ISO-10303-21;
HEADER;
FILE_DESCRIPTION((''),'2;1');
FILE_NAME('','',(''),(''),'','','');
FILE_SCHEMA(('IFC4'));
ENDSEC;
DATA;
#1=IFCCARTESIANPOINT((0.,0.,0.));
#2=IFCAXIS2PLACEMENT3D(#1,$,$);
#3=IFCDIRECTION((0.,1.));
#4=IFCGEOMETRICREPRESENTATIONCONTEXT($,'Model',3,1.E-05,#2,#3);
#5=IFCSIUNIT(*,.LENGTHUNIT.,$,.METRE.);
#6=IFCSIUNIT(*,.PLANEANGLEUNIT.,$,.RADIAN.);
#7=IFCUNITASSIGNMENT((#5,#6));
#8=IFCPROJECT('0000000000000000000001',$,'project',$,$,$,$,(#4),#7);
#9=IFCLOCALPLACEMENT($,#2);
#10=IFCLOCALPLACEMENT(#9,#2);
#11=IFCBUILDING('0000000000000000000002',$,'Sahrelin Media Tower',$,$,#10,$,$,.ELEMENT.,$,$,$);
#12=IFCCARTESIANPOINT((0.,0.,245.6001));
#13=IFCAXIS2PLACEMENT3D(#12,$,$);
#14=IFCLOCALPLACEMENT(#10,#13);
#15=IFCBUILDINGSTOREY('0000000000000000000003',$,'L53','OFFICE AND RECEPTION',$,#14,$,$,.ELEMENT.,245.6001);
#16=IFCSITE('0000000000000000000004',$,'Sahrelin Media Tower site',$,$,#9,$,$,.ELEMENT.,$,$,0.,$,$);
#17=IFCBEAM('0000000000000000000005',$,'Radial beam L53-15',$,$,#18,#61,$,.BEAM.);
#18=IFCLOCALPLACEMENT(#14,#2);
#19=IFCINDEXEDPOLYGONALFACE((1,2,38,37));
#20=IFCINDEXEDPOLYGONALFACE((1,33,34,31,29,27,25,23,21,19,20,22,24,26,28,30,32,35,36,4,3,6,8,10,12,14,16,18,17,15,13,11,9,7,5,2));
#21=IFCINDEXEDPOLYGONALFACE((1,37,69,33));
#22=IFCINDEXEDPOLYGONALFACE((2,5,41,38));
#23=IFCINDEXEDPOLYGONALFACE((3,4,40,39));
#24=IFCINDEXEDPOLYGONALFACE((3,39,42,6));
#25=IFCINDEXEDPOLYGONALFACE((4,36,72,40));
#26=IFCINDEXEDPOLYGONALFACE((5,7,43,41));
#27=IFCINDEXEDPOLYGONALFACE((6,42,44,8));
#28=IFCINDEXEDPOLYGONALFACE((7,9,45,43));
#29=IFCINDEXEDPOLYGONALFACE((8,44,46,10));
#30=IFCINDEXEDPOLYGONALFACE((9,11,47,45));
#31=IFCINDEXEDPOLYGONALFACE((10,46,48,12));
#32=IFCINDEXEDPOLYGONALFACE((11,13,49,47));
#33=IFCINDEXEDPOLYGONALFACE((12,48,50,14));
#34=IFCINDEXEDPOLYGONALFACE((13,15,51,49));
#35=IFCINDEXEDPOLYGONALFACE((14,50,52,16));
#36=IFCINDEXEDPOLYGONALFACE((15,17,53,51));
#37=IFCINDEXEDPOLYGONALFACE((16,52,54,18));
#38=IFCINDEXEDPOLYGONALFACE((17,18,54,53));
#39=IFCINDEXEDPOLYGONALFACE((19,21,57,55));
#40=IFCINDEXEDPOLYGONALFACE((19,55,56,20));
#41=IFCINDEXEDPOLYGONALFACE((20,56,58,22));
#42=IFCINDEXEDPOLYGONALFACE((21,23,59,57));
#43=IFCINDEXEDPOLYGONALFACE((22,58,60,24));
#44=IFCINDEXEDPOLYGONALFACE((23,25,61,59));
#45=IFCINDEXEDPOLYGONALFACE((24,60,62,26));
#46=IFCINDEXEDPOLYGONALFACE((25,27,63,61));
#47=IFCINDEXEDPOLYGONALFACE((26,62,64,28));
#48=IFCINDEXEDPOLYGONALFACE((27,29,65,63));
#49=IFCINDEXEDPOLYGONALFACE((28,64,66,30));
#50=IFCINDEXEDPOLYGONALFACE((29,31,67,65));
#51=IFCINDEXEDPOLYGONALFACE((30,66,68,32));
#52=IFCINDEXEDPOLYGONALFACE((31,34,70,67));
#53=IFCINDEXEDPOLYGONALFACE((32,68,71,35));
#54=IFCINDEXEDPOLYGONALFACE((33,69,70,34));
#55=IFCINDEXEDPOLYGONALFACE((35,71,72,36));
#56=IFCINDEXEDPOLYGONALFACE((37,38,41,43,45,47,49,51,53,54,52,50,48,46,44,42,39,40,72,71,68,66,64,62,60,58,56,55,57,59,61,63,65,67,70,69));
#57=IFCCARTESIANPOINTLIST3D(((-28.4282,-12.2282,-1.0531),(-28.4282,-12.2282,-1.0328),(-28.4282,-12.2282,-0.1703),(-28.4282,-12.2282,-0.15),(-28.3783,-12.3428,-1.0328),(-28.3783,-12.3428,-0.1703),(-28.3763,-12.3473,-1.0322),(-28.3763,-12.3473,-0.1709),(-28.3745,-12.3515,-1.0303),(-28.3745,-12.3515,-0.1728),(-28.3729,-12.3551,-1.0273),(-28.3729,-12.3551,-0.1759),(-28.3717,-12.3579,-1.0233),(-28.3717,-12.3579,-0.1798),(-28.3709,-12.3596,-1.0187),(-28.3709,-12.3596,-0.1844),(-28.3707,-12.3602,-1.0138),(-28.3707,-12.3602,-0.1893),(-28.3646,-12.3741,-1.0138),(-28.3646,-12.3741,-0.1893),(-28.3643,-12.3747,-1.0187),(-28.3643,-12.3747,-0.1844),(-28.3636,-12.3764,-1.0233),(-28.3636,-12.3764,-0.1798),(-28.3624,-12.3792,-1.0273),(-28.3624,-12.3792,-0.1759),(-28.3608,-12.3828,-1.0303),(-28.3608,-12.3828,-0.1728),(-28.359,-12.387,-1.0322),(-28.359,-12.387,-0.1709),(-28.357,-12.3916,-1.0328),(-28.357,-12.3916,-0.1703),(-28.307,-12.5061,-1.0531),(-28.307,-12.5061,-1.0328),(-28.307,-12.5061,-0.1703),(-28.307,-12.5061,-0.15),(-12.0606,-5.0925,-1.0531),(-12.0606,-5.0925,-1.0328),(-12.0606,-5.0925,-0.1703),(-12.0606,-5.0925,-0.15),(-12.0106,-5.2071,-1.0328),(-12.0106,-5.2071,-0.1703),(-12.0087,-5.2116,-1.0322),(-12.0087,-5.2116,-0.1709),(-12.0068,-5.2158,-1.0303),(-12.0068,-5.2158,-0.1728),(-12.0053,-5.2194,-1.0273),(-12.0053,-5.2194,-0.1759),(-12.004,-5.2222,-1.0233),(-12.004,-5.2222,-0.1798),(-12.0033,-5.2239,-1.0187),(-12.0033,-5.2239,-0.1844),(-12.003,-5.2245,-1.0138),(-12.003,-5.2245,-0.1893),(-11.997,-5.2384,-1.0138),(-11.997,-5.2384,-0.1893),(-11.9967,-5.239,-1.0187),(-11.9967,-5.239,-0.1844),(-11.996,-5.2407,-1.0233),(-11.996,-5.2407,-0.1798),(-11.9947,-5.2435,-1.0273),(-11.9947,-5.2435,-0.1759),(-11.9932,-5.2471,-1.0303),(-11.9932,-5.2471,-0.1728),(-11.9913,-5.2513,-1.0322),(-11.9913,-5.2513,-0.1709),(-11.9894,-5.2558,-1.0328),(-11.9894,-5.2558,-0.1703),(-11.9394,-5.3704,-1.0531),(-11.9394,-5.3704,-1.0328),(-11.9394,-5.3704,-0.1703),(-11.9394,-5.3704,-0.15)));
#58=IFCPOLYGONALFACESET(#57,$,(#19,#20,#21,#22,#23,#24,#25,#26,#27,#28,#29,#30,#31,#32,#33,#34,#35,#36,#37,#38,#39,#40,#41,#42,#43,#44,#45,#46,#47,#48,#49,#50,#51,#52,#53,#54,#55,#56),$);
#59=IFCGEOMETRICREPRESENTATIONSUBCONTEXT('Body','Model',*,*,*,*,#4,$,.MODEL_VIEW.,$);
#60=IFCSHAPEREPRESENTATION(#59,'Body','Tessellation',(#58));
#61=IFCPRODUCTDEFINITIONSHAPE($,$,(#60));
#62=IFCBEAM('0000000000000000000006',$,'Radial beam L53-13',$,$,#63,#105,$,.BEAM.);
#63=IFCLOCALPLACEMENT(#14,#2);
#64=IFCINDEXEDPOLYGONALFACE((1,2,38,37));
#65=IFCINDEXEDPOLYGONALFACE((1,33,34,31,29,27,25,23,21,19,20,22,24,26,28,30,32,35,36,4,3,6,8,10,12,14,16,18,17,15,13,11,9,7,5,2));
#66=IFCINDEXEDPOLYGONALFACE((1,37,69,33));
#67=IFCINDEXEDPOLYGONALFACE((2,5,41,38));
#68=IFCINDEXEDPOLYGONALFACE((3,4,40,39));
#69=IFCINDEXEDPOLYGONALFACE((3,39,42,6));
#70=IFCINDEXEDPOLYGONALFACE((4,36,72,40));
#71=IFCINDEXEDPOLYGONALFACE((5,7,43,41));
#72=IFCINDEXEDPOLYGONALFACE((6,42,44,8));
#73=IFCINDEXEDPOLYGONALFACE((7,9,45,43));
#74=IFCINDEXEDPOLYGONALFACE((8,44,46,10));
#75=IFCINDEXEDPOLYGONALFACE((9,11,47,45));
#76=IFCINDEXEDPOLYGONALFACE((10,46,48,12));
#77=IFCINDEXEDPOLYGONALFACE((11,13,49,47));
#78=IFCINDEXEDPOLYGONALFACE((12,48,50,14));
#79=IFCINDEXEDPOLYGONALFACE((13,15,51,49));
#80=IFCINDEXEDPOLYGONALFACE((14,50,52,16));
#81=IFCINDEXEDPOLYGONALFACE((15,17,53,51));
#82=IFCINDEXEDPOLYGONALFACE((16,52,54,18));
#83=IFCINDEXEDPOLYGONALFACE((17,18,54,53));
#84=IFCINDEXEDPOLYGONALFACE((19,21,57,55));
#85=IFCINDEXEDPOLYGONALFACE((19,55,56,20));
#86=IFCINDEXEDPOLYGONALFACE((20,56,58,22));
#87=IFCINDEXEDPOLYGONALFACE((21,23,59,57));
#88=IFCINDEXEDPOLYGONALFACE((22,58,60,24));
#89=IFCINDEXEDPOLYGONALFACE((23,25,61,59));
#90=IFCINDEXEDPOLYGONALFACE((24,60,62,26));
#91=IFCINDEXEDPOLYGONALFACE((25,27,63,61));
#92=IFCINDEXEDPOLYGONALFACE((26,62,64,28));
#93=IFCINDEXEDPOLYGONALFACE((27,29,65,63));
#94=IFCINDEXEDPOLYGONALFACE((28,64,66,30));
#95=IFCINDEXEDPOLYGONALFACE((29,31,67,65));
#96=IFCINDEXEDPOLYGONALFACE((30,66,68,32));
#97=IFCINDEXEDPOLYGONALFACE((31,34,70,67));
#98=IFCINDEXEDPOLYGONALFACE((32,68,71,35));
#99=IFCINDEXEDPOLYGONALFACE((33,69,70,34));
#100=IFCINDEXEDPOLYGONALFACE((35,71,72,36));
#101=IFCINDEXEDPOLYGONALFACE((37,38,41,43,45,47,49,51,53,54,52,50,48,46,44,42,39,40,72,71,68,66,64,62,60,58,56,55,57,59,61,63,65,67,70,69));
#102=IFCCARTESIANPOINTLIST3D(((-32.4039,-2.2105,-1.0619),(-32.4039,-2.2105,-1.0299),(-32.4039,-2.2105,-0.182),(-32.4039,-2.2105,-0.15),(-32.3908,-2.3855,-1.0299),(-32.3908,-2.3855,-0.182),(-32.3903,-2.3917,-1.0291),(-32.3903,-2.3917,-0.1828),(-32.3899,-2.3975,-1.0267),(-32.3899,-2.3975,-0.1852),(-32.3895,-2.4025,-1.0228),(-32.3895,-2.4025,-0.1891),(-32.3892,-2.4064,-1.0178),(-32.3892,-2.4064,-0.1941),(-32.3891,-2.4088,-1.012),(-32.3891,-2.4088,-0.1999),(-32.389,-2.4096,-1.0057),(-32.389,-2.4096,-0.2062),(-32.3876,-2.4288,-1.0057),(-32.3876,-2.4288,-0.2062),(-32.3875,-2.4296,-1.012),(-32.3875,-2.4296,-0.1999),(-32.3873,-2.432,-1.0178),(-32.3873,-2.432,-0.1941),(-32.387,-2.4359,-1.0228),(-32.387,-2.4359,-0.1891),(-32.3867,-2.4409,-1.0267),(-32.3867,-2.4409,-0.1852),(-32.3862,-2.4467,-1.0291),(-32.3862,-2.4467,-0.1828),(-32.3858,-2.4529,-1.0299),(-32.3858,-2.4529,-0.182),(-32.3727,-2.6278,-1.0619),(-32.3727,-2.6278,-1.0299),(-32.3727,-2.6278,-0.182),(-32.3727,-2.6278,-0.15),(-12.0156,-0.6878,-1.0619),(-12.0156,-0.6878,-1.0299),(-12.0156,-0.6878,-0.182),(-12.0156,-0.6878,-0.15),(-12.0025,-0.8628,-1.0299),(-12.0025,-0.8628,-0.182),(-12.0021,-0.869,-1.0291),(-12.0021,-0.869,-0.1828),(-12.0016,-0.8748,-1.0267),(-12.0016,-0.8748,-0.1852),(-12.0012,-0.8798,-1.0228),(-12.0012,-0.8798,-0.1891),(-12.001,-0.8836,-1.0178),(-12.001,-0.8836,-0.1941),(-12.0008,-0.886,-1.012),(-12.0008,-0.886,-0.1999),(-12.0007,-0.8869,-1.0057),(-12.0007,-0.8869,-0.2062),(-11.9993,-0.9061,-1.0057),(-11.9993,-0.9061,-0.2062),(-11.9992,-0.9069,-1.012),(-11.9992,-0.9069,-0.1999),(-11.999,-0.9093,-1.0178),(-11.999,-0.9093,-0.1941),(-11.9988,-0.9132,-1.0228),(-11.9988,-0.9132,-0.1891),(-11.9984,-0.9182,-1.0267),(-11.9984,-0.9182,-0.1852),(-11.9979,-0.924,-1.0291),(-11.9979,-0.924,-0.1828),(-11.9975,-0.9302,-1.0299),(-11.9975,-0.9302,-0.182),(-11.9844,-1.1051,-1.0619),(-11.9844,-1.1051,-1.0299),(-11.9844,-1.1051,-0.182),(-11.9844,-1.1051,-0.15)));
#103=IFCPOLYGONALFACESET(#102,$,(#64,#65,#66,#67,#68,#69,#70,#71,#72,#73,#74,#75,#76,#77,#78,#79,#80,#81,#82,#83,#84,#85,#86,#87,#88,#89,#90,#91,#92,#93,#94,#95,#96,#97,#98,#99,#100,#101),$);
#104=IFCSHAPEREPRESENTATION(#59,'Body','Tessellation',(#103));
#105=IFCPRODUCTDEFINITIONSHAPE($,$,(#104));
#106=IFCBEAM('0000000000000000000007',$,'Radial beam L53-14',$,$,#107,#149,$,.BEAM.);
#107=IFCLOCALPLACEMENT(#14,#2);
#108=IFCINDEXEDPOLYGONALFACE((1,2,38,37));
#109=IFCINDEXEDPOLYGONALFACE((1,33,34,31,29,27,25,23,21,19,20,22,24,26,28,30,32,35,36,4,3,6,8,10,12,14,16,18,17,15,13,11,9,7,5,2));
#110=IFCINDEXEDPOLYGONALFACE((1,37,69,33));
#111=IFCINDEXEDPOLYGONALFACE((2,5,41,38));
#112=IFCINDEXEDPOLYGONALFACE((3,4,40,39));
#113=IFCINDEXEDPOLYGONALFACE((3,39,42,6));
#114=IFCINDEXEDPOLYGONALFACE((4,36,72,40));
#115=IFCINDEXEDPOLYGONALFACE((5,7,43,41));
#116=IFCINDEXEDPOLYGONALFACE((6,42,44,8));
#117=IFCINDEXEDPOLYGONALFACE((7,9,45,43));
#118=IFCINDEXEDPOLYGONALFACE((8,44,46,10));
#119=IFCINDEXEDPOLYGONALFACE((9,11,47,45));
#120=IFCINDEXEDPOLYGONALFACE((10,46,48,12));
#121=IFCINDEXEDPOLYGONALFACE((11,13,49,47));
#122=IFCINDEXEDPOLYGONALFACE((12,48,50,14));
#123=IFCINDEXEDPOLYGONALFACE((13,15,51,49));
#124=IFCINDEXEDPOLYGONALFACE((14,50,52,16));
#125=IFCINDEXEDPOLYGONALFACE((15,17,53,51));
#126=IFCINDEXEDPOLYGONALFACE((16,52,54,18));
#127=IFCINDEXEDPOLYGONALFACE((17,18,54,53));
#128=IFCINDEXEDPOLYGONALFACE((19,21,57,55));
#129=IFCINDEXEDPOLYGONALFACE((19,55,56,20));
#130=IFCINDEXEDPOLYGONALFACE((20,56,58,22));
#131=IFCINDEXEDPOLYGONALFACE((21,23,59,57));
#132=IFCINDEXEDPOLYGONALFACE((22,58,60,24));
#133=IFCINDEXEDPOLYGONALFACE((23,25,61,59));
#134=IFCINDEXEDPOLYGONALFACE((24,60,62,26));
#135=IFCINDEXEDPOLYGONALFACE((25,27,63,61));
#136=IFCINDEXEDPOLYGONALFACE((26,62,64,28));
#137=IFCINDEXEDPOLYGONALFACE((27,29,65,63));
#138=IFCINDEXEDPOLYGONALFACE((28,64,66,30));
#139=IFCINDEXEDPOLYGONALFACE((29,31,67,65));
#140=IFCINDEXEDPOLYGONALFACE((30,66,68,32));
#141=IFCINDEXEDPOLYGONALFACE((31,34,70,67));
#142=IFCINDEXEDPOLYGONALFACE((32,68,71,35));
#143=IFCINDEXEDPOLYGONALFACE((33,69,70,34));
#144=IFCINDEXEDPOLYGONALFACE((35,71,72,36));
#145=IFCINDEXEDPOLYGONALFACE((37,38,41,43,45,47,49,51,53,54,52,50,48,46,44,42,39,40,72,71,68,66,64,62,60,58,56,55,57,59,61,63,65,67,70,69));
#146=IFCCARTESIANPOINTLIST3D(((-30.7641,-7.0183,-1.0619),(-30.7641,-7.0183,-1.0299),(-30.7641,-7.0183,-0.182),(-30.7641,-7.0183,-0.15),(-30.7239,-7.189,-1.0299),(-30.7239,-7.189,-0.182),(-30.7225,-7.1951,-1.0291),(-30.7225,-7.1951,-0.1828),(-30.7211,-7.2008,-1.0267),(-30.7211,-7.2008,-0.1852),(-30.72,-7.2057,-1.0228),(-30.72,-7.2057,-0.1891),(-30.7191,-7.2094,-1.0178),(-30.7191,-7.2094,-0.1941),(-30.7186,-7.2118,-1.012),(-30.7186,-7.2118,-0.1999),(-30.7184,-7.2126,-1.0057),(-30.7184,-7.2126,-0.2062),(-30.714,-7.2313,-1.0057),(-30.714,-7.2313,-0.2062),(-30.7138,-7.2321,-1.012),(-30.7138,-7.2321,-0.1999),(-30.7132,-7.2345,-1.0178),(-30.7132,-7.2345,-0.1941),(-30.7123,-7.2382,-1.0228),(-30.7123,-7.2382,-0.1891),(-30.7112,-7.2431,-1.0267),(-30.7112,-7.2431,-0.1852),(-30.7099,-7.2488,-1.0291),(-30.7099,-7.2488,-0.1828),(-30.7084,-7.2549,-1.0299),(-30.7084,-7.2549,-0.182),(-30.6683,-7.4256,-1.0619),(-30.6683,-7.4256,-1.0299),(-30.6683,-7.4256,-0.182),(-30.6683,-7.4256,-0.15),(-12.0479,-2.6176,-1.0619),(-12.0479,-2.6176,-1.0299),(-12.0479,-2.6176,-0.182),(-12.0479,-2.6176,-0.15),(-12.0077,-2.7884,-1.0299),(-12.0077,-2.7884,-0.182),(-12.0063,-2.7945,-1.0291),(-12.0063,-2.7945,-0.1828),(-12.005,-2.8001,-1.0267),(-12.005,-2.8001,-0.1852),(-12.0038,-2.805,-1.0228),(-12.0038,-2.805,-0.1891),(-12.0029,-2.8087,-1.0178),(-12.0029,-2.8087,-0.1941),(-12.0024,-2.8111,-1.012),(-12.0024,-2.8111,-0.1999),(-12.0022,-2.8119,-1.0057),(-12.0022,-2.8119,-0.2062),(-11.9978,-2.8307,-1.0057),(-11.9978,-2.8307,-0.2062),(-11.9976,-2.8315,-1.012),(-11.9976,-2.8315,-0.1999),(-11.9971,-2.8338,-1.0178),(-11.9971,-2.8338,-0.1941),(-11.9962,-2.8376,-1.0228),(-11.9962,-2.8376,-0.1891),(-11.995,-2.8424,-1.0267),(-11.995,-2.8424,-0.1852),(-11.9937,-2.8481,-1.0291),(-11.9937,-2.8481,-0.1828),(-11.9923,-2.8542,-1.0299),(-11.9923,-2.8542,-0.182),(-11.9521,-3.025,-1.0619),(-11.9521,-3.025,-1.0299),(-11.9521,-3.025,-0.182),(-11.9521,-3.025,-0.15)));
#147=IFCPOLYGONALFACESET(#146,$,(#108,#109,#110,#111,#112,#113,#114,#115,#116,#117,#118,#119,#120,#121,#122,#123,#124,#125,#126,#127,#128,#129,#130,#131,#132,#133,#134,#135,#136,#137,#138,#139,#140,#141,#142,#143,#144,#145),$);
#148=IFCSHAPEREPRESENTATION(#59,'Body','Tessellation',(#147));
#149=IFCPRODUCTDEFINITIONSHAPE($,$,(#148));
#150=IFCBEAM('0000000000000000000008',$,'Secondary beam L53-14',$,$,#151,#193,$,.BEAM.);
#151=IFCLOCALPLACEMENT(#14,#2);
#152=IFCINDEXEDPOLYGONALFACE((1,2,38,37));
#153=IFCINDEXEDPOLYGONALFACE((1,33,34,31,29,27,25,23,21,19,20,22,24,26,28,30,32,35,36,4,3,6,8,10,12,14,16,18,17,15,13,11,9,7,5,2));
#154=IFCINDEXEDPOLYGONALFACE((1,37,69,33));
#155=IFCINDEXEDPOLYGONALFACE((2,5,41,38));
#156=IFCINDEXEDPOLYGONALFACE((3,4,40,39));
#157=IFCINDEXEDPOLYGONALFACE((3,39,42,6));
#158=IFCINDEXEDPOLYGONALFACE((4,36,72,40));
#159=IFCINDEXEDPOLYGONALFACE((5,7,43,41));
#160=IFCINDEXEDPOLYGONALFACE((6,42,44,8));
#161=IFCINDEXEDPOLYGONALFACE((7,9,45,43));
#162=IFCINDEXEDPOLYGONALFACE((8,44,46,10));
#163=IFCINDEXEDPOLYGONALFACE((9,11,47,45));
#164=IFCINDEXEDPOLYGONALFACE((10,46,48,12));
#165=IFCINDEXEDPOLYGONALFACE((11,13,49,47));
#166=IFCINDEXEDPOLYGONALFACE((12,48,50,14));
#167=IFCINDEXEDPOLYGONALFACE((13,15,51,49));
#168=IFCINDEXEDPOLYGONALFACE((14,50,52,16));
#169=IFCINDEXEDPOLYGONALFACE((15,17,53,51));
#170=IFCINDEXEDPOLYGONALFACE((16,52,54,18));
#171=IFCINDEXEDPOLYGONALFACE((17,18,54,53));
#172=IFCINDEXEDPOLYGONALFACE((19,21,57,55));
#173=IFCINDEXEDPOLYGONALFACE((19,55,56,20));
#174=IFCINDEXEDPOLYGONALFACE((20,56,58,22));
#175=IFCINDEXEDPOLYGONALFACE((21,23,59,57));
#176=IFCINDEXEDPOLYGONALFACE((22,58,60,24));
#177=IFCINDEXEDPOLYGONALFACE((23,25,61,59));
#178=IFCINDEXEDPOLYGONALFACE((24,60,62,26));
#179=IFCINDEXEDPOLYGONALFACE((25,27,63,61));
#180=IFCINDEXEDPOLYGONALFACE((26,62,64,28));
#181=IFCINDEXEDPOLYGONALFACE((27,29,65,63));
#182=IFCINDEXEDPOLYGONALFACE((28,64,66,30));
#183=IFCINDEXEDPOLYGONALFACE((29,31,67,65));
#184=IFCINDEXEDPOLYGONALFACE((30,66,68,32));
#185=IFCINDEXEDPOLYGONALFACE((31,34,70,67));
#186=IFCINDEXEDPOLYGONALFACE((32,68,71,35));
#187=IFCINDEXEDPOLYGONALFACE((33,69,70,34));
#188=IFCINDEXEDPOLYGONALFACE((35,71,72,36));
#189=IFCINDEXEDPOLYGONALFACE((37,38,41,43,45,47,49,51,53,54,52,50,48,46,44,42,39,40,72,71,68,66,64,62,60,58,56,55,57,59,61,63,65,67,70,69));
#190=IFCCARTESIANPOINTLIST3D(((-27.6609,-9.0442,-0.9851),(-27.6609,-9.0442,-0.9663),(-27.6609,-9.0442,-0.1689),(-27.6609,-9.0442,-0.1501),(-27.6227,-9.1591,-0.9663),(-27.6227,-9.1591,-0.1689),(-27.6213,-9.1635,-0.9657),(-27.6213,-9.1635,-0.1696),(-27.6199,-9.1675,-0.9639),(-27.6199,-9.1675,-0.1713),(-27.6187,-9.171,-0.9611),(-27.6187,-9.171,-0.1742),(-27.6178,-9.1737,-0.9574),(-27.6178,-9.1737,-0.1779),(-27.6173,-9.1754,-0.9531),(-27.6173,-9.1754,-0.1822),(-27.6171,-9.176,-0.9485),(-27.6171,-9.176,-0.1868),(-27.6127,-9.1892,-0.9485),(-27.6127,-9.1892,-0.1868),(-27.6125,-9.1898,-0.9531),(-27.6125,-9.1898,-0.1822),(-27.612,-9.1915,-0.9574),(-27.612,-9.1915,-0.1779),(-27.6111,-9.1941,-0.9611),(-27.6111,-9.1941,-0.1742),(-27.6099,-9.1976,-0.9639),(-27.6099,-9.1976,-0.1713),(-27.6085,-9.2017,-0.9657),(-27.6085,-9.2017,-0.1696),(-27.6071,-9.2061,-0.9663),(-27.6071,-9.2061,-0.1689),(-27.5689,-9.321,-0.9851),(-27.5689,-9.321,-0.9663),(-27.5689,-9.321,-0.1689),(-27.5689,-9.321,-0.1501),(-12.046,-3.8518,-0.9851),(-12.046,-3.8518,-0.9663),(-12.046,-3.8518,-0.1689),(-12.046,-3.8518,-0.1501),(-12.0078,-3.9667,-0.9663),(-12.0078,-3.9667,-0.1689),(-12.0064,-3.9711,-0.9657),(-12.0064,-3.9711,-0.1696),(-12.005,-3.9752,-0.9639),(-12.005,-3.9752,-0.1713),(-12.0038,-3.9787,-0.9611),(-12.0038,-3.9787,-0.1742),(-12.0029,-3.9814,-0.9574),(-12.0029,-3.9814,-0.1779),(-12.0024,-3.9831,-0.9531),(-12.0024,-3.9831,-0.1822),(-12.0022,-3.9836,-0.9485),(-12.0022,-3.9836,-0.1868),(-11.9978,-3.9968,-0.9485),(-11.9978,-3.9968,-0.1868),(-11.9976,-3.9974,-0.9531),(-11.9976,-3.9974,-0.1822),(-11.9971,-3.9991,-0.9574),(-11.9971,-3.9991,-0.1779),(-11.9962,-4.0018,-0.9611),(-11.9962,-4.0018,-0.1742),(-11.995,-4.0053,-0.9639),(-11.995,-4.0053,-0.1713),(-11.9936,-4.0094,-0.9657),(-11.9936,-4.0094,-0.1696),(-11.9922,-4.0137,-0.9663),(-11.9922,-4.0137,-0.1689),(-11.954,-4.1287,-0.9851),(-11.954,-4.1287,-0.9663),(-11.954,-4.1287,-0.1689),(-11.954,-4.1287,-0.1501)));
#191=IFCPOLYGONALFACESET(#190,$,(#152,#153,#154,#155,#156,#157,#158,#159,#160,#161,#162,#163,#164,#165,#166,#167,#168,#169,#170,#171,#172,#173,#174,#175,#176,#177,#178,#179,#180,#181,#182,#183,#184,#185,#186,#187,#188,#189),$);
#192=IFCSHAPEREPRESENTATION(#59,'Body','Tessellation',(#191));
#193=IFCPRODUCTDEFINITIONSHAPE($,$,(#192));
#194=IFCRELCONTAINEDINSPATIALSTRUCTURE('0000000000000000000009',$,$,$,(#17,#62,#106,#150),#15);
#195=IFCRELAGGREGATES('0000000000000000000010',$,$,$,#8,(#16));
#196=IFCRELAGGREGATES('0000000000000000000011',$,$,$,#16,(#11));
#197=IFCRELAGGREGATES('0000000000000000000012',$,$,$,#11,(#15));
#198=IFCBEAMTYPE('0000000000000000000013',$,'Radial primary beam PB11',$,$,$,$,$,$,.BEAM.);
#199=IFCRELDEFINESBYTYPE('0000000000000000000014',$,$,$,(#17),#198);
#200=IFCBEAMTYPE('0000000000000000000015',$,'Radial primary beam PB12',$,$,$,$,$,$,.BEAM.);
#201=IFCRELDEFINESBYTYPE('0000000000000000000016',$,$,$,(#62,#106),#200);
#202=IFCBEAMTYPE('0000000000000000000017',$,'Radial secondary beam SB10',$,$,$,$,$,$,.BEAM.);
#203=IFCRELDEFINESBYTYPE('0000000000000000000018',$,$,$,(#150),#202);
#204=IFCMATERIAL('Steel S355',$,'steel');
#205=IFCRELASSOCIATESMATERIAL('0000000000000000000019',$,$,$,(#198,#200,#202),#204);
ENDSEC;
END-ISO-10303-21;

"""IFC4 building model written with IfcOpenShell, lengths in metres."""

from ifc_helpers import new_model, si_unit, direction, frame, origin, origin_2d, place, context, subcontext, project, spatial, i_section, extrude, material, material_profile, profile_set, type_object, element, save


model = new_model("IFC4")

# Units and contexts
model_context = context("Model", 3, precision=1e-05, world=origin(), true_north=direction((0.0, 1.0)))
body_context = subcontext(model_context, "Body", "Model", "MODEL_VIEW")
ifc_project = project(units=[si_unit("LENGTHUNIT", "METRE"), si_unit("PLANEANGLEUNIT", "RADIAN")], contexts=[model_context])

# Site, building, storey
site_placement = place(None, origin())
site = spatial("IfcSite", under=ifc_project, at=site_placement, Name="Sahrelin Media Tower site", CompositionType="ELEMENT", RefElevation=0.0)
building_placement = place(site_placement, origin())
building = spatial("IfcBuilding", under=site, at=building_placement, Name="Sahrelin Media Tower", CompositionType="ELEMENT")
storey_placement = place(building_placement, frame((0.0, 0.0, 245.6001)))
storey = spatial("IfcBuildingStorey", under=building, at=storey_placement, Name="L53", Description="OFFICE AND RECEPTION", CompositionType="ELEMENT", Elevation=245.6001)

# Beams
ifc_material_1 = material(Name="Steel S355", Category="steel")
ifc_material_profile_1 = material_profile(ifc_material_1, i_section(OverallWidth=0.3032, OverallDepth=0.9031, WebThickness=0.0151, FlangeThickness=0.0203, FilletRadius=0.019, at=origin_2d()), Name="UB 914x305x201")
ifc_profile_set_1 = profile_set([ifc_material_profile_1], Name="Steel S355")
beam_type_1 = type_object("IfcBeamType", Name="Radial primary beam PB11", PredefinedType="BEAM", material=ifc_profile_set_1)
beam_1_placement = place(storey_placement, frame((-12.0, -5.2314, -0.6016), z_axis=(-0.916673, -0.399638, 0.0), x_axis=(0.399638, -0.916673, 0.0)))
element("IfcBeam", 1, at=beam_1_placement, inside=storey, type_object=beam_type_1, Name="Radial beam L53-15", PredefinedType="BEAM", context=body_context, shape_type="SweptSolid", body=[
    extrude(i_section(OverallWidth=0.3032, OverallDepth=0.9031, WebThickness=0.0151, FlangeThickness=0.0203, FilletRadius=0.019, at=origin_2d()), origin(), (0.0, 0.0, 1.0), 17.8555),
])
ifc_material_profile_2 = material_profile(ifc_material_1, i_section(OverallWidth=0.4185, OverallDepth=0.9119, WebThickness=0.0193, FlangeThickness=0.032, FilletRadius=0.0242, at=origin_2d()), Name="UB 914x419x343")
ifc_profile_set_2 = profile_set([ifc_material_profile_2], Name="Steel S355")
beam_type_2 = type_object("IfcBeamType", Name="Radial primary beam PB12", PredefinedType="BEAM", material=ifc_profile_set_2)
beam_2_placement = place(storey_placement, frame((-12.0, -0.8965, -0.606), z_axis=(-0.997223, -0.074478, 0.0), x_axis=(0.074478, -0.997223, 0.0)))
element("IfcBeam", 2, at=beam_2_placement, inside=storey, type_object=beam_type_2, Name="Radial beam L53-13", PredefinedType="BEAM", context=body_context, shape_type="SweptSolid", body=[
    extrude(i_section(OverallWidth=0.4185, OverallDepth=0.9119, WebThickness=0.0193, FlangeThickness=0.032, FilletRadius=0.0242, at=origin_2d()), origin(), (0.0, 0.0, 1.0), 20.4451),
])
beam_3_placement = place(storey_placement, frame((-12.0, -2.8213, -0.606), z_axis=(-0.973454, -0.228884, 0.0), x_axis=(0.228884, -0.973454, 0.0)))
element("IfcBeam", 3, at=beam_3_placement, inside=storey, type_object=beam_type_2, Name="Radial beam L53-14", PredefinedType="BEAM", context=body_context, shape_type="SweptSolid", body=[
    extrude(i_section(OverallWidth=0.4185, OverallDepth=0.9119, WebThickness=0.0193, FlangeThickness=0.032, FilletRadius=0.0242, at=origin_2d()), origin(), (0.0, 0.0, 1.0), 19.2266),
])
ifc_material_profile_3 = material_profile(ifc_material_1, i_section(OverallWidth=0.2917, OverallDepth=0.835, WebThickness=0.0139, FlangeThickness=0.0188, FilletRadius=0.0178, at=origin_2d()), Name="UB 838x292x176")
ifc_profile_set_3 = profile_set([ifc_material_profile_3], Name="Steel S355")
beam_type_3 = type_object("IfcBeamType", Name="Radial secondary beam SB10", PredefinedType="BEAM", material=ifc_profile_set_3)
beam_4_placement = place(storey_placement, frame((-12.0, -3.9902, -0.5676), z_axis=(-0.948913, -0.315538, 0.0), x_axis=(0.315538, -0.948913, 0.0)))
element("IfcBeam", 4, at=beam_4_placement, inside=storey, type_object=beam_type_3, Name="Secondary beam L53-14", PredefinedType="BEAM", context=body_context, shape_type="SweptSolid", body=[
    extrude(i_section(OverallWidth=0.2917, OverallDepth=0.835, WebThickness=0.0139, FlangeThickness=0.0188, FilletRadius=0.0178, at=origin_2d()), origin(), (0.0, 0.0, 1.0), 16.4556),
])

save(model, "model.ifc")
